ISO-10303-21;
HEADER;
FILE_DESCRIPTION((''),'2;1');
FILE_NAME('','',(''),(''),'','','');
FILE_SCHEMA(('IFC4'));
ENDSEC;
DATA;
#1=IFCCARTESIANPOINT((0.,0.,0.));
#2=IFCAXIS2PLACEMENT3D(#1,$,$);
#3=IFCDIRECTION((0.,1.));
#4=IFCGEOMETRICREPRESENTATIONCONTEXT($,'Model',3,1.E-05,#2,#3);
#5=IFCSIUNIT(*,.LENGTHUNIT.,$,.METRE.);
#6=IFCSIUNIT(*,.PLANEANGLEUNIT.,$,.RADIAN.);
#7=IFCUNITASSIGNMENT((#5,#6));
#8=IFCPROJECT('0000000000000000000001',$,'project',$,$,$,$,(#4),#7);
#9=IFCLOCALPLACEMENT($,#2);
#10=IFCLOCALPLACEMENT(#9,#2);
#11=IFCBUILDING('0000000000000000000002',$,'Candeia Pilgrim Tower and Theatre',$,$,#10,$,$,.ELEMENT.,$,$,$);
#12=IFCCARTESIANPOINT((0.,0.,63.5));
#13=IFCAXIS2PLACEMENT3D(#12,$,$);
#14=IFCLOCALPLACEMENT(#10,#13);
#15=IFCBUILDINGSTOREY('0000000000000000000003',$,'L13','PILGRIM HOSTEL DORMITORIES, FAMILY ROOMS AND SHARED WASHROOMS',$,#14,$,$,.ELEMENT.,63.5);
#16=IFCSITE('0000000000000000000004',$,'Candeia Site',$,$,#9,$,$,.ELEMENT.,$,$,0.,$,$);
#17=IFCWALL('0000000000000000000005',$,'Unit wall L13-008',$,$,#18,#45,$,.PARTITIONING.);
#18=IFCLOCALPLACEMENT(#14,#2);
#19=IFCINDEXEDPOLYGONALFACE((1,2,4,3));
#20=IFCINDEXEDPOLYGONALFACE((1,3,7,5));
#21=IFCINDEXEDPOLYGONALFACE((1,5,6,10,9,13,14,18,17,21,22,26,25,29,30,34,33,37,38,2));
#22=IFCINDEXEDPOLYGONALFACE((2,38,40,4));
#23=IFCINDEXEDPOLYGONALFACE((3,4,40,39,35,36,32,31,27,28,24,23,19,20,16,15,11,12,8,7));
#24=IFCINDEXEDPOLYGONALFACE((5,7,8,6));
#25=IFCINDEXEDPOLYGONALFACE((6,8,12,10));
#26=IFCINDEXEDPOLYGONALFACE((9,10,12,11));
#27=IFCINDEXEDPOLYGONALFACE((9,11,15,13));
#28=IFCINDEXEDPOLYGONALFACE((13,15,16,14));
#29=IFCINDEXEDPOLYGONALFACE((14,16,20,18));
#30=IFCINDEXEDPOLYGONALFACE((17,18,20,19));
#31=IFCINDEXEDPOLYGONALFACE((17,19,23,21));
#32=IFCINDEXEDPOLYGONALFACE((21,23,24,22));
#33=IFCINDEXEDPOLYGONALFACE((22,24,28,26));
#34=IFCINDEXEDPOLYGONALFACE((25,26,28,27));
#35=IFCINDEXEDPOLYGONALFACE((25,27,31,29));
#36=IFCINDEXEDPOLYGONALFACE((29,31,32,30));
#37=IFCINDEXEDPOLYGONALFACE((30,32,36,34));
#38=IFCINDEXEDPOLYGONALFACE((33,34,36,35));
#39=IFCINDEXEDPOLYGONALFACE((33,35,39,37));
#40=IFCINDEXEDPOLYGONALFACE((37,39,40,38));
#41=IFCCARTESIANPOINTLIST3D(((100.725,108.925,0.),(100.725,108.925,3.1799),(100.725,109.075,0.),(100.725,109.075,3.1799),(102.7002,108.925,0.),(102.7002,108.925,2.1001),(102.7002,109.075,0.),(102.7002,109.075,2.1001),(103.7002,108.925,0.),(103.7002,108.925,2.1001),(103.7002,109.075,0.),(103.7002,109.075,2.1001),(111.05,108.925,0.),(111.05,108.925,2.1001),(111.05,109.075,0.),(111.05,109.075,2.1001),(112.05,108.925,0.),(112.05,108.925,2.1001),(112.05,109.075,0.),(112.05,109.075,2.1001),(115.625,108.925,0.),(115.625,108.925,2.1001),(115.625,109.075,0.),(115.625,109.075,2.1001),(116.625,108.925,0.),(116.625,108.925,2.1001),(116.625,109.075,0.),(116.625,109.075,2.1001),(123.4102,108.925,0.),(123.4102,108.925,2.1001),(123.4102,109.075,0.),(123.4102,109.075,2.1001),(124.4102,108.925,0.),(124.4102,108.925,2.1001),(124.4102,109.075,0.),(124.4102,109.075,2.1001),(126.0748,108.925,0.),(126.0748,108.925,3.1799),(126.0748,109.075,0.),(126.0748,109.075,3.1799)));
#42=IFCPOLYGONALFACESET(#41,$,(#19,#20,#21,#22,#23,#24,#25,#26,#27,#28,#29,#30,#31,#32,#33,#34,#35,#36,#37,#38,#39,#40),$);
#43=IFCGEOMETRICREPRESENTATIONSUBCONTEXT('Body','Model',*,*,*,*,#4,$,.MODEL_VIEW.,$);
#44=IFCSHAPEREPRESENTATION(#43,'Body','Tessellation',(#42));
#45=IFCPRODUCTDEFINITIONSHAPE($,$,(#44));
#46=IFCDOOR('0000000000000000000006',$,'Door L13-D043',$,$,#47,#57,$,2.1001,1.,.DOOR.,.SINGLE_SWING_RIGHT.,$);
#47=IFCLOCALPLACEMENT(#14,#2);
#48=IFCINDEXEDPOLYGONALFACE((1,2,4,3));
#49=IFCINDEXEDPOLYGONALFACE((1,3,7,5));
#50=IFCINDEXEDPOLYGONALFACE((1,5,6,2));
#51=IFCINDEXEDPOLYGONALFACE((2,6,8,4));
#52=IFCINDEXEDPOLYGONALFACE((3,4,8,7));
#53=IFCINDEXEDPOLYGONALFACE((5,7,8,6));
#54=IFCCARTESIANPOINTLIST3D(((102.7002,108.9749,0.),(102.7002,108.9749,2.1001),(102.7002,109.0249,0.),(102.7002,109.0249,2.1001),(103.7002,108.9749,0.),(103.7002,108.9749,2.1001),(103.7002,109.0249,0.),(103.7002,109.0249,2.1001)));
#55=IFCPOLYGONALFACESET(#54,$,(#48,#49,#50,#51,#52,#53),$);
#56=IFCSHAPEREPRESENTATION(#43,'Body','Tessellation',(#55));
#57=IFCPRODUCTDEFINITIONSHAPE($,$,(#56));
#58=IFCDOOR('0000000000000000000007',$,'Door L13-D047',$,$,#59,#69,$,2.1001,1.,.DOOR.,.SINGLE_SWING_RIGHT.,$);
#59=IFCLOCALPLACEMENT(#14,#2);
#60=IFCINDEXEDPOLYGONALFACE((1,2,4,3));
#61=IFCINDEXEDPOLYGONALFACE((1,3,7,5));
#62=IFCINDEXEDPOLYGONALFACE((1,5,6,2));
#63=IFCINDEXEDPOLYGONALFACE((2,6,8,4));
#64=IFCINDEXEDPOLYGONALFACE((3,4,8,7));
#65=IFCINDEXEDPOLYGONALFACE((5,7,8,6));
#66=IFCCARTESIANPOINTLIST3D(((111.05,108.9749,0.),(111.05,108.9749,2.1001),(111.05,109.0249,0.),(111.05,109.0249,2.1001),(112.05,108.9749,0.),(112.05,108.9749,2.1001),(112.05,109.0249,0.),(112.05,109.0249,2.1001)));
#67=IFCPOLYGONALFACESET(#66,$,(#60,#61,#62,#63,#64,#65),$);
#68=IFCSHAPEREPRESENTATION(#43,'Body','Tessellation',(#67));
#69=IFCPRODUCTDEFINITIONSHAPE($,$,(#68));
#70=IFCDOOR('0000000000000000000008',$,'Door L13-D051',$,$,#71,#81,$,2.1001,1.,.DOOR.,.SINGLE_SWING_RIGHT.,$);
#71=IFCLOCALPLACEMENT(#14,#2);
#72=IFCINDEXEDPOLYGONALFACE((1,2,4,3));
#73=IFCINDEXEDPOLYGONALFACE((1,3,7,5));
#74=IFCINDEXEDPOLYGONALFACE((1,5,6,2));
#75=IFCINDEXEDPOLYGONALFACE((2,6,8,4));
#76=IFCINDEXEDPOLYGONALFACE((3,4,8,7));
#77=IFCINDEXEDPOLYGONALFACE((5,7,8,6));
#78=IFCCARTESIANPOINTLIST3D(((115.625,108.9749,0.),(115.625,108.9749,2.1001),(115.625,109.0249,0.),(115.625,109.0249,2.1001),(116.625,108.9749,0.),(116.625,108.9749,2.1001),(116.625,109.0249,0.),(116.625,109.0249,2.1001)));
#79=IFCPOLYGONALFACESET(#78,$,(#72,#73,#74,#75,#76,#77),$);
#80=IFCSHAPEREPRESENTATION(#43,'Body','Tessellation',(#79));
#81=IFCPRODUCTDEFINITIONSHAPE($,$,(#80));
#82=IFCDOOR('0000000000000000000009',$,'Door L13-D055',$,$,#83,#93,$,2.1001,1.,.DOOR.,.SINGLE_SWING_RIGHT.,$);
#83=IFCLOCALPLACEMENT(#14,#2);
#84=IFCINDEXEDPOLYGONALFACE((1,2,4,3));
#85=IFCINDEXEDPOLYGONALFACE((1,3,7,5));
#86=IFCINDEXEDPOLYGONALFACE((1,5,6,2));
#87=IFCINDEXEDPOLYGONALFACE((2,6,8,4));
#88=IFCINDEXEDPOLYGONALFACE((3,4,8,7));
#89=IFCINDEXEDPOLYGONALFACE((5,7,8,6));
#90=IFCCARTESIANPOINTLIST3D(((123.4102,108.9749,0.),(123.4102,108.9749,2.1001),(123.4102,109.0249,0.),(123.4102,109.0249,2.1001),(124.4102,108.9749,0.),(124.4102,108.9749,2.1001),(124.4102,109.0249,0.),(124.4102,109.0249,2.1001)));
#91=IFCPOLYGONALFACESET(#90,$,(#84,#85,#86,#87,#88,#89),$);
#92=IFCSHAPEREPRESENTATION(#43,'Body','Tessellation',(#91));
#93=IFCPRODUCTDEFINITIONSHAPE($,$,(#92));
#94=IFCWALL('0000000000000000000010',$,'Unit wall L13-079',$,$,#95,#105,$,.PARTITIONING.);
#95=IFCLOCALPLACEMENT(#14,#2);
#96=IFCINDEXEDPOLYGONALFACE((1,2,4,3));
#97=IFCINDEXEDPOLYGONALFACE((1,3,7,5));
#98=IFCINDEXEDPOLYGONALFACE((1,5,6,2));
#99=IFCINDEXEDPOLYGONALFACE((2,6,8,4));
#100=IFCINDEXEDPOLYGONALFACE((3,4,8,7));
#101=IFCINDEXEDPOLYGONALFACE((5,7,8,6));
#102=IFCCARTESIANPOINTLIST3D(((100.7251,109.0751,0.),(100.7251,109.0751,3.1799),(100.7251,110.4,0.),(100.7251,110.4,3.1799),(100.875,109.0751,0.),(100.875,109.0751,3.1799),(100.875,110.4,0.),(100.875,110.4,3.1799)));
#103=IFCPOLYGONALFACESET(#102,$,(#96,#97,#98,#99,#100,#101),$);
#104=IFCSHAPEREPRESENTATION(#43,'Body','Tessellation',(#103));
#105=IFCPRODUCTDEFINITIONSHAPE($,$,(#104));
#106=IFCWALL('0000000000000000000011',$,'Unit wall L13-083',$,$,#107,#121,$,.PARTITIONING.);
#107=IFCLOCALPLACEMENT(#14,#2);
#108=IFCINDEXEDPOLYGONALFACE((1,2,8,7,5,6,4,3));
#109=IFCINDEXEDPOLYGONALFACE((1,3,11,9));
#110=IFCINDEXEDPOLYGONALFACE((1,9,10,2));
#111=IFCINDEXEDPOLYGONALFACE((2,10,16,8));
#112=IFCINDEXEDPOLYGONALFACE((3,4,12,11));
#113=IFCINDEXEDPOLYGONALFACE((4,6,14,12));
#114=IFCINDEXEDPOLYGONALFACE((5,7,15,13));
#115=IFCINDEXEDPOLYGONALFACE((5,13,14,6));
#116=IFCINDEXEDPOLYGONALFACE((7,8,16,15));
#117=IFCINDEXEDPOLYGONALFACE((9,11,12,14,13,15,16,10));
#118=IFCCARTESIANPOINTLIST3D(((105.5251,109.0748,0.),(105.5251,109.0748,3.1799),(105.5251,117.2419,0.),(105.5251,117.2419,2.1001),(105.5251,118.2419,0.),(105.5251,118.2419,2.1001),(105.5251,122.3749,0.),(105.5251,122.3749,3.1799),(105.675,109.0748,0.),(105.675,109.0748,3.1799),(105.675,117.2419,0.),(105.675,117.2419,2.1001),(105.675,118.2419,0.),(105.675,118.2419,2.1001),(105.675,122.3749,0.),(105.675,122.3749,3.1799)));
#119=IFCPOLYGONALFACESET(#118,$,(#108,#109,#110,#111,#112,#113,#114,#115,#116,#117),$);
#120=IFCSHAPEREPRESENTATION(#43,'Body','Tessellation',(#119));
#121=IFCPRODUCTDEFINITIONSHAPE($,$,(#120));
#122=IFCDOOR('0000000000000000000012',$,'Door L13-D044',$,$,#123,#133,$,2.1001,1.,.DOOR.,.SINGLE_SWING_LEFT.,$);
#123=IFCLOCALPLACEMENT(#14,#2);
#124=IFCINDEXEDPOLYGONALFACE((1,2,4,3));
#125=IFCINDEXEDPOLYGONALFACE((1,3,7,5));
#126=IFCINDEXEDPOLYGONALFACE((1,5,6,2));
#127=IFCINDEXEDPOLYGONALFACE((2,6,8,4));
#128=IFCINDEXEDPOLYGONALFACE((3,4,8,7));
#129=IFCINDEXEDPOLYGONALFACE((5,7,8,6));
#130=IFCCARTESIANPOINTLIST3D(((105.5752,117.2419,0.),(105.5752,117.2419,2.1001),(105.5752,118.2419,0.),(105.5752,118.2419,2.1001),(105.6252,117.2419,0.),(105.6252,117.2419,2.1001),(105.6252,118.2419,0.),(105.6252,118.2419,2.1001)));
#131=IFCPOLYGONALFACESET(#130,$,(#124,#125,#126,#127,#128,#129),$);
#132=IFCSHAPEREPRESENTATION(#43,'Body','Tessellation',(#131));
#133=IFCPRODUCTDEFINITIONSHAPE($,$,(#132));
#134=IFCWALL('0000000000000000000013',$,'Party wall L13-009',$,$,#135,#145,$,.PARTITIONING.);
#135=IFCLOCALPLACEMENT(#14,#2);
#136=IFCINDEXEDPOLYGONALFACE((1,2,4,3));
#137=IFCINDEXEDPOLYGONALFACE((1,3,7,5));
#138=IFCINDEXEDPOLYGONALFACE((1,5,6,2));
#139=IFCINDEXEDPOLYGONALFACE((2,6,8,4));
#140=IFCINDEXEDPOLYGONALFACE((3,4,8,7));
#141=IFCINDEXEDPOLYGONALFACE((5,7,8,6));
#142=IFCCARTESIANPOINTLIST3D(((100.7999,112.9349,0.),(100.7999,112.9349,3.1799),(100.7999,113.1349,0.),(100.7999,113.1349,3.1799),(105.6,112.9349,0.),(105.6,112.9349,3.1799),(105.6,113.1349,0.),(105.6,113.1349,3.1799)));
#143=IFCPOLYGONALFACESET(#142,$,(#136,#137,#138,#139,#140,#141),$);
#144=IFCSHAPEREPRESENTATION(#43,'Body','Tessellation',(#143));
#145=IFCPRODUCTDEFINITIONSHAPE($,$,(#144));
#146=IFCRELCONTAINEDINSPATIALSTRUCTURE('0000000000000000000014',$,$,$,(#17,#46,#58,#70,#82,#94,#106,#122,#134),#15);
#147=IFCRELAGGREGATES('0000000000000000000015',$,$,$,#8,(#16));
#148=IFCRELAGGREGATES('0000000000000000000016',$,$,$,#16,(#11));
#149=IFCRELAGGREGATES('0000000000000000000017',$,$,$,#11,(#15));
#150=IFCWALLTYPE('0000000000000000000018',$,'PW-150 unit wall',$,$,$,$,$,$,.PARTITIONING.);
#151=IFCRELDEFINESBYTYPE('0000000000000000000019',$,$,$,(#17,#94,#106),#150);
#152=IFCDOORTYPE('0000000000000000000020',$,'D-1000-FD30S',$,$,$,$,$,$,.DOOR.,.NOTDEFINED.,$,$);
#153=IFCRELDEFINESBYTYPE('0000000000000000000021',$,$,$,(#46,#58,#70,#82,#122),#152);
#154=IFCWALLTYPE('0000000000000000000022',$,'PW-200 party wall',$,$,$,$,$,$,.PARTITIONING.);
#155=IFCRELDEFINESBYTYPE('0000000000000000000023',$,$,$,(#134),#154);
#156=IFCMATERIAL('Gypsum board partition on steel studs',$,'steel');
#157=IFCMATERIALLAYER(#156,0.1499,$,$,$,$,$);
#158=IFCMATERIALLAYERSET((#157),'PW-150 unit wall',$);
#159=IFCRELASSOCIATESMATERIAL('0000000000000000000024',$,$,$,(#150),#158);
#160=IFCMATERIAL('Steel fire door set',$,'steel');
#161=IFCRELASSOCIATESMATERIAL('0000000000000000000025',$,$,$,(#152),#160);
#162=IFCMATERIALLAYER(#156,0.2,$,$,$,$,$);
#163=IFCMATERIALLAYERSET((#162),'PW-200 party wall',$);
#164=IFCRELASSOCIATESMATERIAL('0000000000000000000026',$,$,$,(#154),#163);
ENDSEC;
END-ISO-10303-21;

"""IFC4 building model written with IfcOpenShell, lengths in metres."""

from ifc_helpers import new_model, si_unit, direction, frame, frame_2d, origin, place, context, subcontext, project, spatial, rectangle, extrude, material, layer, layer_set, type_object, element, fill, save


model = new_model("IFC4")

# Units and contexts
model_context = context("Model", 3, precision=1e-05, world=origin(), true_north=direction((0.0, 1.0)))
body_context = subcontext(model_context, "Body", "Model", "MODEL_VIEW")
ifc_project = project(units=[si_unit("LENGTHUNIT", "METRE"), si_unit("PLANEANGLEUNIT", "RADIAN")], contexts=[model_context])

# Site, building, storey
site_placement = place(None, origin())
site = spatial("IfcSite", under=ifc_project, at=site_placement, Name="Candeia Site", CompositionType="ELEMENT", RefElevation=0.0)
building_placement = place(site_placement, origin())
building = spatial("IfcBuilding", under=site, at=building_placement, Name="Candeia Pilgrim Tower and Theatre", CompositionType="ELEMENT")
storey_placement = place(building_placement, frame((0.0, 0.0, 63.5)))
storey = spatial("IfcBuildingStorey", under=building, at=storey_placement, Name="L13", Description="PILGRIM HOSTEL DORMITORIES, FAMILY ROOMS AND SHARED WASHROOMS", CompositionType="ELEMENT", Elevation=63.5)

# Shared definitions
ifc_material_1 = material(Name="Steel fire door set", Category="steel")

# Shared definitions
ifc_material_2 = material(Name="Gypsum board partition on steel studs", Category="steel")

# Wall, openings, doors
ifc_layer_1 = layer(ifc_material_2, 0.1499)
ifc_layer_set_1 = layer_set([ifc_layer_1], Name="PW-150 unit wall")
wall_type_1 = type_object("IfcWallType", Name="PW-150 unit wall", PredefinedType="PARTITIONING", material=ifc_layer_set_1)
wall_1_placement = place(storey_placement, frame((100.7251, 109.0, 0.0), z_axis=(0.0, 0.0, 1.0), x_axis=(1.0, 0.0, 0.0)))
wall_1 = element("IfcWall", 1, at=wall_1_placement, inside=storey, type_object=wall_type_1, Name="Unit wall L13-008", PredefinedType="PARTITIONING", context=body_context, shape_type="SweptSolid", body=[
    extrude(rectangle(XDim=25.3499, YDim=0.1499, at=frame_2d((12.6748, 0.0))), origin(), (0.0, 0.0, 1.0), 3.1799),
])
opening_1_placement = place(wall_1_placement, frame((1.9751, 0.0, 0.0)))
opening_1 = element("IfcOpeningElement", 2, at=opening_1_placement, cuts=wall_1, PredefinedType="OPENING", context=body_context, shape_type="SweptSolid", body=[
    extrude(rectangle(XDim=1.0, YDim=2.1001, at=frame_2d((0.5, 1.05))), frame((0.0, 0.085, 0.0), z_axis=(0.0, -1.0, 0.0), x_axis=(1.0, 0.0, 0.0)), (0.0, 0.0, 1.0), 0.1699),
])
opening_2_placement = place(wall_1_placement, frame((10.325, 0.0, 0.0)))
opening_2 = element("IfcOpeningElement", 3, at=opening_2_placement, cuts=wall_1, PredefinedType="OPENING", context=body_context, shape_type="SweptSolid", body=[
    extrude(rectangle(XDim=1.0, YDim=2.1001, at=frame_2d((0.5, 1.05))), frame((0.0, 0.085, 0.0), z_axis=(0.0, -1.0, 0.0), x_axis=(1.0, 0.0, 0.0)), (0.0, 0.0, 1.0), 0.1699),
])
opening_3_placement = place(wall_1_placement, frame((14.8999, 0.0, 0.0)))
opening_3 = element("IfcOpeningElement", 4, at=opening_3_placement, cuts=wall_1, PredefinedType="OPENING", context=body_context, shape_type="SweptSolid", body=[
    extrude(rectangle(XDim=1.0, YDim=2.1001, at=frame_2d((0.5, 1.05))), frame((0.0, 0.085, 0.0), z_axis=(0.0, -1.0, 0.0), x_axis=(1.0, 0.0, 0.0)), (0.0, 0.0, 1.0), 0.1699),
])
opening_4_placement = place(wall_1_placement, frame((22.6851, 0.0, 0.0)))
opening_4 = element("IfcOpeningElement", 5, at=opening_4_placement, cuts=wall_1, PredefinedType="OPENING", context=body_context, shape_type="SweptSolid", body=[
    extrude(rectangle(XDim=1.0, YDim=2.1001, at=frame_2d((0.5, 1.05))), frame((0.0, 0.085, 0.0), z_axis=(0.0, -1.0, 0.0), x_axis=(1.0, 0.0, 0.0)), (0.0, 0.0, 1.0), 0.1699),
])
door_type_1 = type_object("IfcDoorType", Name="D-1000-FD30S", OperationType="NOTDEFINED", PredefinedType="DOOR", material=ifc_material_1)
door_1_placement = place(opening_1_placement, origin())
door_1 = element("IfcDoor", 6, at=door_1_placement, inside=storey, type_object=door_type_1, Name="Door L13-D043", OperationType="SINGLE_SWING_RIGHT", OverallHeight=2.1001, OverallWidth=1.0, PredefinedType="DOOR", context=body_context, shape_type="SweptSolid", body=[
    extrude(rectangle(XDim=1.0, YDim=2.1001, at=frame_2d((0.5, 1.05))), frame((0.0, 0.0249, 0.0), z_axis=(0.0, -1.0, 0.0), x_axis=(1.0, 0.0, 0.0)), (0.0, 0.0, 1.0), 0.05),
])
fill(opening_1, door_1)
door_2_placement = place(opening_2_placement, origin())
door_2 = element("IfcDoor", 7, at=door_2_placement, inside=storey, type_object=door_type_1, Name="Door L13-D047", OperationType="SINGLE_SWING_RIGHT", OverallHeight=2.1001, OverallWidth=1.0, PredefinedType="DOOR", context=body_context, shape_type="SweptSolid", body=[
    extrude(rectangle(XDim=1.0, YDim=2.1001, at=frame_2d((0.5, 1.05))), frame((0.0, 0.0249, 0.0), z_axis=(0.0, -1.0, 0.0), x_axis=(1.0, 0.0, 0.0)), (0.0, 0.0, 1.0), 0.05),
])
fill(opening_2, door_2)
door_3_placement = place(opening_3_placement, origin())
door_3 = element("IfcDoor", 8, at=door_3_placement, inside=storey, type_object=door_type_1, Name="Door L13-D051", OperationType="SINGLE_SWING_RIGHT", OverallHeight=2.1001, OverallWidth=1.0, PredefinedType="DOOR", context=body_context, shape_type="SweptSolid", body=[
    extrude(rectangle(XDim=1.0, YDim=2.1001, at=frame_2d((0.5, 1.05))), frame((0.0, 0.0249, 0.0), z_axis=(0.0, -1.0, 0.0), x_axis=(1.0, 0.0, 0.0)), (0.0, 0.0, 1.0), 0.05),
])
fill(opening_3, door_3)
door_4_placement = place(opening_4_placement, origin())
door_4 = element("IfcDoor", 9, at=door_4_placement, inside=storey, type_object=door_type_1, Name="Door L13-D055", OperationType="SINGLE_SWING_RIGHT", OverallHeight=2.1001, OverallWidth=1.0, PredefinedType="DOOR", context=body_context, shape_type="SweptSolid", body=[
    extrude(rectangle(XDim=1.0, YDim=2.1001, at=frame_2d((0.5, 1.05))), frame((0.0, 0.0249, 0.0), z_axis=(0.0, -1.0, 0.0), x_axis=(1.0, 0.0, 0.0)), (0.0, 0.0, 1.0), 0.05),
])
fill(opening_4, door_4)

# Wall
wall_2_placement = place(storey_placement, frame((100.8, 109.075, 0.0), z_axis=(0.0, 0.0, 1.0), x_axis=(0.0, 1.0, 0.0)))
element("IfcWall", 10, at=wall_2_placement, inside=storey, type_object=wall_type_1, Name="Unit wall L13-079", PredefinedType="PARTITIONING", context=body_context, shape_type="SweptSolid", body=[
    extrude(rectangle(XDim=1.325, YDim=0.1499, at=frame_2d((0.6626, 0.0))), origin(), (0.0, 0.0, 1.0), 3.1799),
])

# Wall, opening, door
wall_3_placement = place(storey_placement, frame((105.6001, 109.075, 0.0), z_axis=(0.0, 0.0, 1.0), x_axis=(0.0, 1.0, 0.0)))
wall_3 = element("IfcWall", 11, at=wall_3_placement, inside=storey, type_object=wall_type_1, Name="Unit wall L13-083", PredefinedType="PARTITIONING", context=body_context, shape_type="SweptSolid", body=[
    extrude(rectangle(XDim=13.3, YDim=0.1499, at=frame_2d((6.6499, 0.0))), origin(), (0.0, 0.0, 1.0), 3.1799),
])
opening_5_placement = place(wall_3_placement, frame((8.167, 0.0, 0.0)))
opening_5 = element("IfcOpeningElement", 12, at=opening_5_placement, cuts=wall_3, PredefinedType="OPENING", context=body_context, shape_type="SweptSolid", body=[
    extrude(rectangle(XDim=1.0, YDim=2.1001, at=frame_2d((0.5, 1.05))), frame((0.0, 0.085, 0.0), z_axis=(0.0, -1.0, 0.0), x_axis=(1.0, 0.0, 0.0)), (0.0, 0.0, 1.0), 0.1699),
])
door_5_placement = place(opening_5_placement, origin())
door_5 = element("IfcDoor", 13, at=door_5_placement, inside=storey, type_object=door_type_1, Name="Door L13-D044", OperationType="SINGLE_SWING_LEFT", OverallHeight=2.1001, OverallWidth=1.0, PredefinedType="DOOR", context=body_context, shape_type="SweptSolid", body=[
    extrude(rectangle(XDim=1.0, YDim=2.1001, at=frame_2d((0.5, 1.05))), frame((0.0, 0.0249, 0.0), z_axis=(0.0, -1.0, 0.0), x_axis=(1.0, 0.0, 0.0)), (0.0, 0.0, 1.0), 0.05),
])
fill(opening_5, door_5)

# Wall
ifc_layer_2 = layer(ifc_material_2, 0.2)
ifc_layer_set_2 = layer_set([ifc_layer_2], Name="PW-200 party wall")
wall_type_2 = type_object("IfcWallType", Name="PW-200 party wall", PredefinedType="PARTITIONING", material=ifc_layer_set_2)
wall_4_placement = place(storey_placement, frame((100.8, 113.0349, 0.0), z_axis=(0.0, 0.0, 1.0), x_axis=(1.0, 0.0, 0.0)))
element("IfcWall", 14, at=wall_4_placement, inside=storey, type_object=wall_type_2, Name="Party wall L13-009", PredefinedType="PARTITIONING", context=body_context, shape_type="SweptSolid", body=[
    extrude(rectangle(XDim=4.8, YDim=0.2, at=frame_2d((2.3999, 0.0))), origin(), (0.0, 0.0, 1.0), 3.1799),
])

save(model, "model.ifc")
